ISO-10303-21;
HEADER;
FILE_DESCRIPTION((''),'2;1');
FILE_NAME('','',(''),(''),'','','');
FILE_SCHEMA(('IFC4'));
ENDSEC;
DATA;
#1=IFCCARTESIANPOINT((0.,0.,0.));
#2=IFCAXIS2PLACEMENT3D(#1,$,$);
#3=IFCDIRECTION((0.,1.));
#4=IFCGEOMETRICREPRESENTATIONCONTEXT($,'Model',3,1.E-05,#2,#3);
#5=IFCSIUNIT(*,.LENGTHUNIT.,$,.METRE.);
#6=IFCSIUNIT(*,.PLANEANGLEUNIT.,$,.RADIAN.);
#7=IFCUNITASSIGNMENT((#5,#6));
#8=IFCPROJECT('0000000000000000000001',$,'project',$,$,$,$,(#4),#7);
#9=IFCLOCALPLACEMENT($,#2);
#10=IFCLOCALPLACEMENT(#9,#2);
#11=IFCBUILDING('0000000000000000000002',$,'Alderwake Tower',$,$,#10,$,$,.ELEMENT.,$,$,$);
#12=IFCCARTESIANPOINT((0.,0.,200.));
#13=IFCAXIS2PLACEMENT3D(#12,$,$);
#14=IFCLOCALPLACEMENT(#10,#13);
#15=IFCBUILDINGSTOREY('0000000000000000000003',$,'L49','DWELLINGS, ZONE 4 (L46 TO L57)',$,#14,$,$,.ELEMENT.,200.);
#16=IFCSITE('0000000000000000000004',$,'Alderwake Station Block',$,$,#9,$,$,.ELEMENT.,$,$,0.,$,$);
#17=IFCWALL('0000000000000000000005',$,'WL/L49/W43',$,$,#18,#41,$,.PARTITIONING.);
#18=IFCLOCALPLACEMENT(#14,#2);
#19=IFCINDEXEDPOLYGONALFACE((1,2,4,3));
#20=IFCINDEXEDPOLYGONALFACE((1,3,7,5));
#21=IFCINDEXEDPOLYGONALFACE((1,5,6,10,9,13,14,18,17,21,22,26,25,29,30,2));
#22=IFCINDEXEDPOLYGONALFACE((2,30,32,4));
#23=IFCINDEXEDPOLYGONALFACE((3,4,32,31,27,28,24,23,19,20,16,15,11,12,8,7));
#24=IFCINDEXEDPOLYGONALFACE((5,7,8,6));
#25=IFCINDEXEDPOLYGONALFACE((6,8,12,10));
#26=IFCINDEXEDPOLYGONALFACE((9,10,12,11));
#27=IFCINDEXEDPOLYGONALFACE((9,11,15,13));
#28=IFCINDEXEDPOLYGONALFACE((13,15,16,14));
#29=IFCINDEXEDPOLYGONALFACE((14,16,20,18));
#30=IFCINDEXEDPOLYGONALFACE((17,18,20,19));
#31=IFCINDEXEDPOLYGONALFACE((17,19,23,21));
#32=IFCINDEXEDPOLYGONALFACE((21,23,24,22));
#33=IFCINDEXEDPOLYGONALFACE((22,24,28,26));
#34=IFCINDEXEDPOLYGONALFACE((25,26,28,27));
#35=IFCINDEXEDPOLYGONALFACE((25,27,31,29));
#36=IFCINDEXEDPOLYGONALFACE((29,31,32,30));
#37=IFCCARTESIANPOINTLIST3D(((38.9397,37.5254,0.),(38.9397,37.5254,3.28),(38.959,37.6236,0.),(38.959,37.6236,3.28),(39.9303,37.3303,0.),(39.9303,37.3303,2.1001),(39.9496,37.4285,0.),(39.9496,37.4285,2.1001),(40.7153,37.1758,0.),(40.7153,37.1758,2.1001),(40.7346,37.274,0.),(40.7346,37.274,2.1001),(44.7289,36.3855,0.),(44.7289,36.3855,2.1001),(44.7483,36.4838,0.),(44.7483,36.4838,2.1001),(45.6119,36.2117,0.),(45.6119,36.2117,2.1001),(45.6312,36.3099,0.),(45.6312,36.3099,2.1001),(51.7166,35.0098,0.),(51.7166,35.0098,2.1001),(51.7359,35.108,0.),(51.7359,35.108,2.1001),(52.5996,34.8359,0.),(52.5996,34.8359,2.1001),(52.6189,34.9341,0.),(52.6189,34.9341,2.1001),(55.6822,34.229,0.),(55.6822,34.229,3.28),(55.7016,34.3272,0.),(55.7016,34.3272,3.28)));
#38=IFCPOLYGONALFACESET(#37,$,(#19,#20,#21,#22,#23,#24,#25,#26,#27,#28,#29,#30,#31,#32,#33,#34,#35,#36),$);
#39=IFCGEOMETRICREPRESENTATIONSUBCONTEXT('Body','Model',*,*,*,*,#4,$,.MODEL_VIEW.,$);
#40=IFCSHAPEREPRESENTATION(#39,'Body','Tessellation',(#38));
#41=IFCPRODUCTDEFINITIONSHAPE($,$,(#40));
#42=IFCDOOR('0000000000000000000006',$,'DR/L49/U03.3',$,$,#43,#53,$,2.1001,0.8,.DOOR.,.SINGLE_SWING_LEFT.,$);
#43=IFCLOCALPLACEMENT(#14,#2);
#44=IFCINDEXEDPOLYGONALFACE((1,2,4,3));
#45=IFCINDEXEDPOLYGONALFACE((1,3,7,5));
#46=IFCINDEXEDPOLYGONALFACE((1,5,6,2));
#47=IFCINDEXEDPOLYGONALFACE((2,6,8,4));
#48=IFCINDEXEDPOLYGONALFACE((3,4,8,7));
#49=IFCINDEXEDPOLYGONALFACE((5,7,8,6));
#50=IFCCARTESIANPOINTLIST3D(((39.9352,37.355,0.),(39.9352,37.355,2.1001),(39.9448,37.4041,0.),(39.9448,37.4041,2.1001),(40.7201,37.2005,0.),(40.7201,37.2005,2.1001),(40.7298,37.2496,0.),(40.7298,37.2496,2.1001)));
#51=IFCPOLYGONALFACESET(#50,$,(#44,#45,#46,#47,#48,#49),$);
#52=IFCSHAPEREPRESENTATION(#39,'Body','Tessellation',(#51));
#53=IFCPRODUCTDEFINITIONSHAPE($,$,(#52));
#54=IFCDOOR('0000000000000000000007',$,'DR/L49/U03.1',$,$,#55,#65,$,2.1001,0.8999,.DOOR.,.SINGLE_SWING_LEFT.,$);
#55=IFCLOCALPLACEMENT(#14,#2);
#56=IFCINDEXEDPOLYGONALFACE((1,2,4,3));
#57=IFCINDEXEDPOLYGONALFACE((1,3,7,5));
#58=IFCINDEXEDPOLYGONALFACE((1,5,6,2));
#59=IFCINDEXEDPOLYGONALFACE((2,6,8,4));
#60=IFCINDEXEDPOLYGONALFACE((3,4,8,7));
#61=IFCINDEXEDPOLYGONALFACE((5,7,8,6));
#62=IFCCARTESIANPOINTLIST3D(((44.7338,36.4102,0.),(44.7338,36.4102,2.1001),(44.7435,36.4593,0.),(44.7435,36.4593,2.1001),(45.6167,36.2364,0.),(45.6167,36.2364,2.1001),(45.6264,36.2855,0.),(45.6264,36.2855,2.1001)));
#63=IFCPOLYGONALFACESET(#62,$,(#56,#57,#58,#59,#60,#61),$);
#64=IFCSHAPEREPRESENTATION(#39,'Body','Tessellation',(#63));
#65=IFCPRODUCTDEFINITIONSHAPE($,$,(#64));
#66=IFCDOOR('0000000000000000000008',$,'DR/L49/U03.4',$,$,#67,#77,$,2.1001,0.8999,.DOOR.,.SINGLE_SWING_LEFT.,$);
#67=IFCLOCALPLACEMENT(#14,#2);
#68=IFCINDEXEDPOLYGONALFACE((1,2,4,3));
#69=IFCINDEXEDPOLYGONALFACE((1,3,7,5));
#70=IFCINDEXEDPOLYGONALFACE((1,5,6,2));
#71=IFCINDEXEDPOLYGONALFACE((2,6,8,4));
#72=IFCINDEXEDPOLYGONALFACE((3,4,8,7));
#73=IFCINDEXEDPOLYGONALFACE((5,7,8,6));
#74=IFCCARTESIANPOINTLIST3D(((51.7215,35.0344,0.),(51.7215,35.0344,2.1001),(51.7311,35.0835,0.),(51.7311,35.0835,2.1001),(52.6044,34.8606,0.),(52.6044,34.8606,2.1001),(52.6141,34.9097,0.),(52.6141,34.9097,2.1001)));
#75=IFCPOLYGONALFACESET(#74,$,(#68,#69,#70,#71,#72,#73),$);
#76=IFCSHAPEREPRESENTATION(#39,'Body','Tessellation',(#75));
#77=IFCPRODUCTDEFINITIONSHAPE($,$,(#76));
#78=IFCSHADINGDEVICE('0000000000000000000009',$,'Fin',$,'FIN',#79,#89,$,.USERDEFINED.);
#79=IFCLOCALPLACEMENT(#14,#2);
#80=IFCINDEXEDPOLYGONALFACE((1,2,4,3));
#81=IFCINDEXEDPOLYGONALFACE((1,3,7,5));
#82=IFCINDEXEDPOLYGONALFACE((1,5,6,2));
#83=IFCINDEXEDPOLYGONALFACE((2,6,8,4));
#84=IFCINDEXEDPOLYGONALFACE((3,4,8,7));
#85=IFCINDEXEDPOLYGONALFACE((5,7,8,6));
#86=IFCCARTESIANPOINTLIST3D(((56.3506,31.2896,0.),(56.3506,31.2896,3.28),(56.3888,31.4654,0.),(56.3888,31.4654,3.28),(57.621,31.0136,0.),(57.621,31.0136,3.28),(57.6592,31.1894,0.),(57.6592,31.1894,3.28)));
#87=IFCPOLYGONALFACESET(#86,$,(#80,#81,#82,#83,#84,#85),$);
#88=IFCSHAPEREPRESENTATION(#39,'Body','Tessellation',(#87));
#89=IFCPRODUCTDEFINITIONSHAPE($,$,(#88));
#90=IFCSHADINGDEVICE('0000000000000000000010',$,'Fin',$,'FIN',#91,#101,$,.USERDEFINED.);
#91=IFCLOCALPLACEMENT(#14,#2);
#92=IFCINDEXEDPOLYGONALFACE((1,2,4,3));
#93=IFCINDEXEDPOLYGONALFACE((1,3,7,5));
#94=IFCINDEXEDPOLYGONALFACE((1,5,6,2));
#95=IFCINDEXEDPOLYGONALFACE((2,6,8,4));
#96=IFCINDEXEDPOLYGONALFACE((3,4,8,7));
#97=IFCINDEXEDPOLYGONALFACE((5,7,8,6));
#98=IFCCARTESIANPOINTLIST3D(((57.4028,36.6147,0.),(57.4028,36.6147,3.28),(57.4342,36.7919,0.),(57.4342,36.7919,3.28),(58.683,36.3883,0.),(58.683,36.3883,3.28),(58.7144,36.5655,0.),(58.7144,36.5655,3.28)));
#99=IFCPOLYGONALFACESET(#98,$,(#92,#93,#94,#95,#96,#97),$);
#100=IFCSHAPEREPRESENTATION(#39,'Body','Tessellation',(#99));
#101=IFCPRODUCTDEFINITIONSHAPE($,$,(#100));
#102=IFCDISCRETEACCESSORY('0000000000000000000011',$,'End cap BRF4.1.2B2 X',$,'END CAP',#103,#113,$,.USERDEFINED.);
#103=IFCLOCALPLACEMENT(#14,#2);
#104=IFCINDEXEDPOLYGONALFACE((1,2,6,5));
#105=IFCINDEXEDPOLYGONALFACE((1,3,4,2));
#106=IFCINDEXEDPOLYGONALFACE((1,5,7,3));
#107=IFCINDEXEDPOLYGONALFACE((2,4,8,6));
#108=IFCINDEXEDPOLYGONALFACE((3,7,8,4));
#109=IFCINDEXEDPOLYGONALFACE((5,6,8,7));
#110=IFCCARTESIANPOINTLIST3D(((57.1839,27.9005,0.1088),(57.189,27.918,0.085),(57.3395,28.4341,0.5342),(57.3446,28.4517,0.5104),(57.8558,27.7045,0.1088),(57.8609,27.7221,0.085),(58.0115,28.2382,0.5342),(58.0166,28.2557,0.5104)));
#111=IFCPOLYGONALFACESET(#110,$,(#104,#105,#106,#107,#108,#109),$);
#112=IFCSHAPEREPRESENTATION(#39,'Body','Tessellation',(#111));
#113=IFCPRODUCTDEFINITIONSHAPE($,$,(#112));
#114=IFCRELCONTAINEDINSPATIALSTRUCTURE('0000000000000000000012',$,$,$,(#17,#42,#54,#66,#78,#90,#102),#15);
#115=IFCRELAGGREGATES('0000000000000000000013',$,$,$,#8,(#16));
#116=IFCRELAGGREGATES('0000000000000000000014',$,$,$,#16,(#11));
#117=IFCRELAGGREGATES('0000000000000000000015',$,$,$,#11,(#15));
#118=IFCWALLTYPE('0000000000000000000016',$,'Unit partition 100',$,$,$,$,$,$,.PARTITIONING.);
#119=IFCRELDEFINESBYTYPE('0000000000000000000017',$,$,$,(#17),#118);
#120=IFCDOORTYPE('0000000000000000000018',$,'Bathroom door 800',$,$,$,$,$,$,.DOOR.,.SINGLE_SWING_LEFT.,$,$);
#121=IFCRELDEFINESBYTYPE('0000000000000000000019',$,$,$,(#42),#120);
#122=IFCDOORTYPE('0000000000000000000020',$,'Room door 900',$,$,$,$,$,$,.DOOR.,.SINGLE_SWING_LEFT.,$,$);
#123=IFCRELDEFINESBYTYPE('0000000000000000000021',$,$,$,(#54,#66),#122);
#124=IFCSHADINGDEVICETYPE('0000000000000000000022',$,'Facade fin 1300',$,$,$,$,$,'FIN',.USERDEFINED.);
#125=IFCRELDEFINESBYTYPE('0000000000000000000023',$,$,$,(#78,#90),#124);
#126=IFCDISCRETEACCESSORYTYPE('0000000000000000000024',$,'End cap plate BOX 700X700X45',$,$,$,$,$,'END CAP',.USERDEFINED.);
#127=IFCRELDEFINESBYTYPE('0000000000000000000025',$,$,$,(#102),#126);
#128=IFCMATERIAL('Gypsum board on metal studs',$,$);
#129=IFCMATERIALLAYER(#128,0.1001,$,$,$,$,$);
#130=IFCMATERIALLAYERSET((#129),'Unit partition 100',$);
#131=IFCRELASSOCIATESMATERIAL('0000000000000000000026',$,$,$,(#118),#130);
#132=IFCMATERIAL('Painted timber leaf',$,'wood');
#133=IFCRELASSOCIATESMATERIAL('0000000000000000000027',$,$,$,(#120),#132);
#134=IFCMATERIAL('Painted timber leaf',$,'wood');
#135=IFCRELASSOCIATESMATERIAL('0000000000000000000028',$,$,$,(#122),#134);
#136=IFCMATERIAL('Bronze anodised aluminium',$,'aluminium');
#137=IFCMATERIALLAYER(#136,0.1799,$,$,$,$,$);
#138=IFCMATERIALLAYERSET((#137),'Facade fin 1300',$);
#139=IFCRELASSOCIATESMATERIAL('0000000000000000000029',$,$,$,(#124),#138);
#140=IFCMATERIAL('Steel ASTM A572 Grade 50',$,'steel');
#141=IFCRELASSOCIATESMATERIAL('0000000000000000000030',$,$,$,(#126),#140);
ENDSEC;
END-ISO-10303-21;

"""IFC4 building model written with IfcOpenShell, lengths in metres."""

from ifc_helpers import new_model, si_unit, direction, frame, frame_2d, origin, origin_2d, place, context, subcontext, project, spatial, rectangle, extrude, material, layer, layer_set, material_profile, profile_set, type_object, element, fill, save


model = new_model("IFC4")

# Units and contexts
model_context = context("Model", 3, precision=1e-05, world=origin(), true_north=direction((0.0, 1.0)))
body_context = subcontext(model_context, "Body", "Model", "MODEL_VIEW")
ifc_project = project(units=[si_unit("LENGTHUNIT", "METRE"), si_unit("PLANEANGLEUNIT", "RADIAN")], contexts=[model_context])

# Site, building, storey
site_placement = place(None, origin())
site = spatial("IfcSite", under=ifc_project, at=site_placement, Name="Alderwake Station Block", CompositionType="ELEMENT", RefElevation=0.0)
building_placement = place(site_placement, origin())
building = spatial("IfcBuilding", under=site, at=building_placement, Name="Alderwake Tower", CompositionType="ELEMENT")
storey_placement = place(building_placement, frame((0.0, 0.0, 200.0)))
storey = spatial("IfcBuildingStorey", under=building, at=storey_placement, Name="L49", Description="DWELLINGS, ZONE 4 (L46 TO L57)", CompositionType="ELEMENT", Elevation=200.0)

# Wall, openings, doors
ifc_material_1 = material(Name="Gypsum board on metal studs")
ifc_layer_1 = layer(ifc_material_1, 0.1001)
ifc_layer_set_1 = layer_set([ifc_layer_1], Name="Unit partition 100")
wall_type_1 = type_object("IfcWallType", Name="Unit partition 100", PredefinedType="PARTITIONING", material=ifc_layer_set_1)
wall_1_placement = place(storey_placement, frame((55.6919, 34.2781, 0.0), z_axis=(0.0, 0.0, 1.0), x_axis=(-0.981163, 0.193179, 0.0)))
wall_1 = element("IfcWall", 1, at=wall_1_placement, inside=storey, type_object=wall_type_1, Name="WL/L49/W43", PredefinedType="PARTITIONING", context=body_context, shape_type="SweptSolid", body=[
    extrude(rectangle(XDim=17.064, YDim=0.1001, at=frame_2d((8.532, 0.0))), origin(), (0.0, 0.0, 1.0), 3.28),
])
opening_1_placement = place(wall_1_placement, frame((10.2637, 0.0, 0.0)))
opening_1 = element("IfcOpeningElement", 2, at=opening_1_placement, cuts=wall_1, PredefinedType="OPENING", context=body_context, shape_type="SweptSolid", body=[
    extrude(rectangle(XDim=0.8999, YDim=2.1001, at=frame_2d((0.45, 1.05))), frame((0.0, 0.0601, 0.0), z_axis=(0.0, -1.0, 0.0), x_axis=(1.0, 0.0, 0.0)), (0.0, 0.0, 1.0), 0.1201),
])
opening_2_placement = place(wall_1_placement, frame((15.2544, 0.0, 0.0)))
opening_2 = element("IfcOpeningElement", 3, at=opening_2_placement, cuts=wall_1, PredefinedType="OPENING", context=body_context, shape_type="SweptSolid", body=[
    extrude(rectangle(XDim=0.8, YDim=2.1001, at=frame_2d((0.3999, 1.05))), frame((0.0, 0.0601, 0.0), z_axis=(0.0, -1.0, 0.0), x_axis=(1.0, 0.0, 0.0)), (0.0, 0.0, 1.0), 0.1201),
])
opening_3_placement = place(wall_1_placement, frame((3.1418, 0.0, 0.0)))
opening_3 = element("IfcOpeningElement", 4, at=opening_3_placement, cuts=wall_1, PredefinedType="OPENING", context=body_context, shape_type="SweptSolid", body=[
    extrude(rectangle(XDim=0.8999, YDim=2.1001, at=frame_2d((0.45, 1.05))), frame((0.0, 0.0601, 0.0), z_axis=(0.0, -1.0, 0.0), x_axis=(1.0, 0.0, 0.0)), (0.0, 0.0, 1.0), 0.1201),
])
ifc_material_2 = material(Name="Painted timber leaf", Category="wood")
door_type_1 = type_object("IfcDoorType", Name="Bathroom door 800", OperationType="SINGLE_SWING_LEFT", PredefinedType="DOOR", material=ifc_material_2)
door_1_placement = place(opening_2_placement, origin())
door_1 = element("IfcDoor", 5, at=door_1_placement, inside=storey, type_object=door_type_1, Name="DR/L49/U03.3", OperationType="SINGLE_SWING_LEFT", OverallHeight=2.1001, OverallWidth=0.8, PredefinedType="DOOR", context=body_context, shape_type="SweptSolid", body=[
    extrude(rectangle(XDim=0.8, YDim=2.1001, at=frame_2d((0.3999, 1.05))), frame((0.0, 0.0249, 0.0), z_axis=(0.0, -1.0, 0.0), x_axis=(1.0, 0.0, 0.0)), (0.0, 0.0, 1.0), 0.05),
])
fill(opening_2, door_1)
ifc_material_3 = material(Name="Painted timber leaf", Category="wood")
door_type_2 = type_object("IfcDoorType", Name="Room door 900", OperationType="SINGLE_SWING_LEFT", PredefinedType="DOOR", material=ifc_material_3)
door_2_placement = place(opening_1_placement, origin())
door_2 = element("IfcDoor", 6, at=door_2_placement, inside=storey, type_object=door_type_2, Name="DR/L49/U03.1", OperationType="SINGLE_SWING_LEFT", OverallHeight=2.1001, OverallWidth=0.8999, PredefinedType="DOOR", context=body_context, shape_type="SweptSolid", body=[
    extrude(rectangle(XDim=0.8999, YDim=2.1001, at=frame_2d((0.45, 1.05))), frame((0.0, 0.0249, 0.0), z_axis=(0.0, -1.0, 0.0), x_axis=(1.0, 0.0, 0.0)), (0.0, 0.0, 1.0), 0.05),
])
fill(opening_1, door_2)
door_3_placement = place(opening_3_placement, origin())
door_3 = element("IfcDoor", 7, at=door_3_placement, inside=storey, type_object=door_type_2, Name="DR/L49/U03.4", OperationType="SINGLE_SWING_LEFT", OverallHeight=2.1001, OverallWidth=0.8999, PredefinedType="DOOR", context=body_context, shape_type="SweptSolid", body=[
    extrude(rectangle(XDim=0.8999, YDim=2.1001, at=frame_2d((0.45, 1.05))), frame((0.0, 0.0249, 0.0), z_axis=(0.0, -1.0, 0.0), x_axis=(1.0, 0.0, 0.0)), (0.0, 0.0, 1.0), 0.05),
])
fill(opening_3, door_3)

# Shading devices
ifc_material_4 = material(Name="Bronze anodised aluminium", Category="aluminium")
ifc_layer_2 = layer(ifc_material_4, 0.1799)
ifc_layer_set_2 = layer_set([ifc_layer_2], Name="Facade fin 1300")
shading_device_type = type_object("IfcShadingDeviceType", Name="Facade fin 1300", ElementType="FIN", PredefinedType="USERDEFINED", material=ifc_layer_set_2)
for number, where, z_axis, x_axis, name in (
    (8, (57.0049, 31.2395, 0.0), (0.0, 0.0, 1.0), (0.97721, -0.212273, 0.0), "Fin"),
    (9, (58.0586, 36.5901, 0.0), (0.0, 0.0, 1.0), (0.984726, -0.174109, 0.0), "Fin"),
):
    element("IfcShadingDevice", number, at=place(storey_placement, frame(where, z_axis=z_axis, x_axis=x_axis)), inside=storey, type_object=shading_device_type, Name=name, ObjectType="FIN", PredefinedType="USERDEFINED", context=body_context, shape_type="SweptSolid", body=[
        extrude(rectangle(XDim=1.3, YDim=0.1799, at=origin_2d()), origin(), (0.0, 0.0, 1.0), 3.28),
    ])

# Discrete accessory
ifc_material_5 = material(Name="Steel ASTM A572 Grade 50", Category="steel")
ifc_material_profile_1 = material_profile(ifc_material_5, rectangle(XDim=0.7, YDim=0.7, at=origin_2d()), Name="BOX 700X700X45 cap")
ifc_profile_set_1 = profile_set([ifc_material_profile_1], Name="Steel ASTM A572 Grade 50")
discrete_accessory_type = type_object("IfcDiscreteAccessoryType", Name="End cap plate BOX 700X700X45", ElementType="END CAP", PredefinedType="USERDEFINED", material=ifc_profile_set_1)
discrete_accessory_placement = place(storey_placement, frame((57.5977, 28.0693, 0.3215), z_axis=(0.17017, 0.583441, -0.794128), x_axis=(-0.96, 0.28, 0.0)))
element("IfcDiscreteAccessory", 10, at=discrete_accessory_placement, inside=storey, type_object=discrete_accessory_type, Name="End cap BRF4.1.2B2 X", ObjectType="END CAP", PredefinedType="USERDEFINED", context=body_context, shape_type="SweptSolid", body=[
    extrude(rectangle(XDim=0.7, YDim=0.7, at=origin_2d()), origin(), (0.0, 0.0, 1.0), 0.03),
])

save(model, "model.ifc")
